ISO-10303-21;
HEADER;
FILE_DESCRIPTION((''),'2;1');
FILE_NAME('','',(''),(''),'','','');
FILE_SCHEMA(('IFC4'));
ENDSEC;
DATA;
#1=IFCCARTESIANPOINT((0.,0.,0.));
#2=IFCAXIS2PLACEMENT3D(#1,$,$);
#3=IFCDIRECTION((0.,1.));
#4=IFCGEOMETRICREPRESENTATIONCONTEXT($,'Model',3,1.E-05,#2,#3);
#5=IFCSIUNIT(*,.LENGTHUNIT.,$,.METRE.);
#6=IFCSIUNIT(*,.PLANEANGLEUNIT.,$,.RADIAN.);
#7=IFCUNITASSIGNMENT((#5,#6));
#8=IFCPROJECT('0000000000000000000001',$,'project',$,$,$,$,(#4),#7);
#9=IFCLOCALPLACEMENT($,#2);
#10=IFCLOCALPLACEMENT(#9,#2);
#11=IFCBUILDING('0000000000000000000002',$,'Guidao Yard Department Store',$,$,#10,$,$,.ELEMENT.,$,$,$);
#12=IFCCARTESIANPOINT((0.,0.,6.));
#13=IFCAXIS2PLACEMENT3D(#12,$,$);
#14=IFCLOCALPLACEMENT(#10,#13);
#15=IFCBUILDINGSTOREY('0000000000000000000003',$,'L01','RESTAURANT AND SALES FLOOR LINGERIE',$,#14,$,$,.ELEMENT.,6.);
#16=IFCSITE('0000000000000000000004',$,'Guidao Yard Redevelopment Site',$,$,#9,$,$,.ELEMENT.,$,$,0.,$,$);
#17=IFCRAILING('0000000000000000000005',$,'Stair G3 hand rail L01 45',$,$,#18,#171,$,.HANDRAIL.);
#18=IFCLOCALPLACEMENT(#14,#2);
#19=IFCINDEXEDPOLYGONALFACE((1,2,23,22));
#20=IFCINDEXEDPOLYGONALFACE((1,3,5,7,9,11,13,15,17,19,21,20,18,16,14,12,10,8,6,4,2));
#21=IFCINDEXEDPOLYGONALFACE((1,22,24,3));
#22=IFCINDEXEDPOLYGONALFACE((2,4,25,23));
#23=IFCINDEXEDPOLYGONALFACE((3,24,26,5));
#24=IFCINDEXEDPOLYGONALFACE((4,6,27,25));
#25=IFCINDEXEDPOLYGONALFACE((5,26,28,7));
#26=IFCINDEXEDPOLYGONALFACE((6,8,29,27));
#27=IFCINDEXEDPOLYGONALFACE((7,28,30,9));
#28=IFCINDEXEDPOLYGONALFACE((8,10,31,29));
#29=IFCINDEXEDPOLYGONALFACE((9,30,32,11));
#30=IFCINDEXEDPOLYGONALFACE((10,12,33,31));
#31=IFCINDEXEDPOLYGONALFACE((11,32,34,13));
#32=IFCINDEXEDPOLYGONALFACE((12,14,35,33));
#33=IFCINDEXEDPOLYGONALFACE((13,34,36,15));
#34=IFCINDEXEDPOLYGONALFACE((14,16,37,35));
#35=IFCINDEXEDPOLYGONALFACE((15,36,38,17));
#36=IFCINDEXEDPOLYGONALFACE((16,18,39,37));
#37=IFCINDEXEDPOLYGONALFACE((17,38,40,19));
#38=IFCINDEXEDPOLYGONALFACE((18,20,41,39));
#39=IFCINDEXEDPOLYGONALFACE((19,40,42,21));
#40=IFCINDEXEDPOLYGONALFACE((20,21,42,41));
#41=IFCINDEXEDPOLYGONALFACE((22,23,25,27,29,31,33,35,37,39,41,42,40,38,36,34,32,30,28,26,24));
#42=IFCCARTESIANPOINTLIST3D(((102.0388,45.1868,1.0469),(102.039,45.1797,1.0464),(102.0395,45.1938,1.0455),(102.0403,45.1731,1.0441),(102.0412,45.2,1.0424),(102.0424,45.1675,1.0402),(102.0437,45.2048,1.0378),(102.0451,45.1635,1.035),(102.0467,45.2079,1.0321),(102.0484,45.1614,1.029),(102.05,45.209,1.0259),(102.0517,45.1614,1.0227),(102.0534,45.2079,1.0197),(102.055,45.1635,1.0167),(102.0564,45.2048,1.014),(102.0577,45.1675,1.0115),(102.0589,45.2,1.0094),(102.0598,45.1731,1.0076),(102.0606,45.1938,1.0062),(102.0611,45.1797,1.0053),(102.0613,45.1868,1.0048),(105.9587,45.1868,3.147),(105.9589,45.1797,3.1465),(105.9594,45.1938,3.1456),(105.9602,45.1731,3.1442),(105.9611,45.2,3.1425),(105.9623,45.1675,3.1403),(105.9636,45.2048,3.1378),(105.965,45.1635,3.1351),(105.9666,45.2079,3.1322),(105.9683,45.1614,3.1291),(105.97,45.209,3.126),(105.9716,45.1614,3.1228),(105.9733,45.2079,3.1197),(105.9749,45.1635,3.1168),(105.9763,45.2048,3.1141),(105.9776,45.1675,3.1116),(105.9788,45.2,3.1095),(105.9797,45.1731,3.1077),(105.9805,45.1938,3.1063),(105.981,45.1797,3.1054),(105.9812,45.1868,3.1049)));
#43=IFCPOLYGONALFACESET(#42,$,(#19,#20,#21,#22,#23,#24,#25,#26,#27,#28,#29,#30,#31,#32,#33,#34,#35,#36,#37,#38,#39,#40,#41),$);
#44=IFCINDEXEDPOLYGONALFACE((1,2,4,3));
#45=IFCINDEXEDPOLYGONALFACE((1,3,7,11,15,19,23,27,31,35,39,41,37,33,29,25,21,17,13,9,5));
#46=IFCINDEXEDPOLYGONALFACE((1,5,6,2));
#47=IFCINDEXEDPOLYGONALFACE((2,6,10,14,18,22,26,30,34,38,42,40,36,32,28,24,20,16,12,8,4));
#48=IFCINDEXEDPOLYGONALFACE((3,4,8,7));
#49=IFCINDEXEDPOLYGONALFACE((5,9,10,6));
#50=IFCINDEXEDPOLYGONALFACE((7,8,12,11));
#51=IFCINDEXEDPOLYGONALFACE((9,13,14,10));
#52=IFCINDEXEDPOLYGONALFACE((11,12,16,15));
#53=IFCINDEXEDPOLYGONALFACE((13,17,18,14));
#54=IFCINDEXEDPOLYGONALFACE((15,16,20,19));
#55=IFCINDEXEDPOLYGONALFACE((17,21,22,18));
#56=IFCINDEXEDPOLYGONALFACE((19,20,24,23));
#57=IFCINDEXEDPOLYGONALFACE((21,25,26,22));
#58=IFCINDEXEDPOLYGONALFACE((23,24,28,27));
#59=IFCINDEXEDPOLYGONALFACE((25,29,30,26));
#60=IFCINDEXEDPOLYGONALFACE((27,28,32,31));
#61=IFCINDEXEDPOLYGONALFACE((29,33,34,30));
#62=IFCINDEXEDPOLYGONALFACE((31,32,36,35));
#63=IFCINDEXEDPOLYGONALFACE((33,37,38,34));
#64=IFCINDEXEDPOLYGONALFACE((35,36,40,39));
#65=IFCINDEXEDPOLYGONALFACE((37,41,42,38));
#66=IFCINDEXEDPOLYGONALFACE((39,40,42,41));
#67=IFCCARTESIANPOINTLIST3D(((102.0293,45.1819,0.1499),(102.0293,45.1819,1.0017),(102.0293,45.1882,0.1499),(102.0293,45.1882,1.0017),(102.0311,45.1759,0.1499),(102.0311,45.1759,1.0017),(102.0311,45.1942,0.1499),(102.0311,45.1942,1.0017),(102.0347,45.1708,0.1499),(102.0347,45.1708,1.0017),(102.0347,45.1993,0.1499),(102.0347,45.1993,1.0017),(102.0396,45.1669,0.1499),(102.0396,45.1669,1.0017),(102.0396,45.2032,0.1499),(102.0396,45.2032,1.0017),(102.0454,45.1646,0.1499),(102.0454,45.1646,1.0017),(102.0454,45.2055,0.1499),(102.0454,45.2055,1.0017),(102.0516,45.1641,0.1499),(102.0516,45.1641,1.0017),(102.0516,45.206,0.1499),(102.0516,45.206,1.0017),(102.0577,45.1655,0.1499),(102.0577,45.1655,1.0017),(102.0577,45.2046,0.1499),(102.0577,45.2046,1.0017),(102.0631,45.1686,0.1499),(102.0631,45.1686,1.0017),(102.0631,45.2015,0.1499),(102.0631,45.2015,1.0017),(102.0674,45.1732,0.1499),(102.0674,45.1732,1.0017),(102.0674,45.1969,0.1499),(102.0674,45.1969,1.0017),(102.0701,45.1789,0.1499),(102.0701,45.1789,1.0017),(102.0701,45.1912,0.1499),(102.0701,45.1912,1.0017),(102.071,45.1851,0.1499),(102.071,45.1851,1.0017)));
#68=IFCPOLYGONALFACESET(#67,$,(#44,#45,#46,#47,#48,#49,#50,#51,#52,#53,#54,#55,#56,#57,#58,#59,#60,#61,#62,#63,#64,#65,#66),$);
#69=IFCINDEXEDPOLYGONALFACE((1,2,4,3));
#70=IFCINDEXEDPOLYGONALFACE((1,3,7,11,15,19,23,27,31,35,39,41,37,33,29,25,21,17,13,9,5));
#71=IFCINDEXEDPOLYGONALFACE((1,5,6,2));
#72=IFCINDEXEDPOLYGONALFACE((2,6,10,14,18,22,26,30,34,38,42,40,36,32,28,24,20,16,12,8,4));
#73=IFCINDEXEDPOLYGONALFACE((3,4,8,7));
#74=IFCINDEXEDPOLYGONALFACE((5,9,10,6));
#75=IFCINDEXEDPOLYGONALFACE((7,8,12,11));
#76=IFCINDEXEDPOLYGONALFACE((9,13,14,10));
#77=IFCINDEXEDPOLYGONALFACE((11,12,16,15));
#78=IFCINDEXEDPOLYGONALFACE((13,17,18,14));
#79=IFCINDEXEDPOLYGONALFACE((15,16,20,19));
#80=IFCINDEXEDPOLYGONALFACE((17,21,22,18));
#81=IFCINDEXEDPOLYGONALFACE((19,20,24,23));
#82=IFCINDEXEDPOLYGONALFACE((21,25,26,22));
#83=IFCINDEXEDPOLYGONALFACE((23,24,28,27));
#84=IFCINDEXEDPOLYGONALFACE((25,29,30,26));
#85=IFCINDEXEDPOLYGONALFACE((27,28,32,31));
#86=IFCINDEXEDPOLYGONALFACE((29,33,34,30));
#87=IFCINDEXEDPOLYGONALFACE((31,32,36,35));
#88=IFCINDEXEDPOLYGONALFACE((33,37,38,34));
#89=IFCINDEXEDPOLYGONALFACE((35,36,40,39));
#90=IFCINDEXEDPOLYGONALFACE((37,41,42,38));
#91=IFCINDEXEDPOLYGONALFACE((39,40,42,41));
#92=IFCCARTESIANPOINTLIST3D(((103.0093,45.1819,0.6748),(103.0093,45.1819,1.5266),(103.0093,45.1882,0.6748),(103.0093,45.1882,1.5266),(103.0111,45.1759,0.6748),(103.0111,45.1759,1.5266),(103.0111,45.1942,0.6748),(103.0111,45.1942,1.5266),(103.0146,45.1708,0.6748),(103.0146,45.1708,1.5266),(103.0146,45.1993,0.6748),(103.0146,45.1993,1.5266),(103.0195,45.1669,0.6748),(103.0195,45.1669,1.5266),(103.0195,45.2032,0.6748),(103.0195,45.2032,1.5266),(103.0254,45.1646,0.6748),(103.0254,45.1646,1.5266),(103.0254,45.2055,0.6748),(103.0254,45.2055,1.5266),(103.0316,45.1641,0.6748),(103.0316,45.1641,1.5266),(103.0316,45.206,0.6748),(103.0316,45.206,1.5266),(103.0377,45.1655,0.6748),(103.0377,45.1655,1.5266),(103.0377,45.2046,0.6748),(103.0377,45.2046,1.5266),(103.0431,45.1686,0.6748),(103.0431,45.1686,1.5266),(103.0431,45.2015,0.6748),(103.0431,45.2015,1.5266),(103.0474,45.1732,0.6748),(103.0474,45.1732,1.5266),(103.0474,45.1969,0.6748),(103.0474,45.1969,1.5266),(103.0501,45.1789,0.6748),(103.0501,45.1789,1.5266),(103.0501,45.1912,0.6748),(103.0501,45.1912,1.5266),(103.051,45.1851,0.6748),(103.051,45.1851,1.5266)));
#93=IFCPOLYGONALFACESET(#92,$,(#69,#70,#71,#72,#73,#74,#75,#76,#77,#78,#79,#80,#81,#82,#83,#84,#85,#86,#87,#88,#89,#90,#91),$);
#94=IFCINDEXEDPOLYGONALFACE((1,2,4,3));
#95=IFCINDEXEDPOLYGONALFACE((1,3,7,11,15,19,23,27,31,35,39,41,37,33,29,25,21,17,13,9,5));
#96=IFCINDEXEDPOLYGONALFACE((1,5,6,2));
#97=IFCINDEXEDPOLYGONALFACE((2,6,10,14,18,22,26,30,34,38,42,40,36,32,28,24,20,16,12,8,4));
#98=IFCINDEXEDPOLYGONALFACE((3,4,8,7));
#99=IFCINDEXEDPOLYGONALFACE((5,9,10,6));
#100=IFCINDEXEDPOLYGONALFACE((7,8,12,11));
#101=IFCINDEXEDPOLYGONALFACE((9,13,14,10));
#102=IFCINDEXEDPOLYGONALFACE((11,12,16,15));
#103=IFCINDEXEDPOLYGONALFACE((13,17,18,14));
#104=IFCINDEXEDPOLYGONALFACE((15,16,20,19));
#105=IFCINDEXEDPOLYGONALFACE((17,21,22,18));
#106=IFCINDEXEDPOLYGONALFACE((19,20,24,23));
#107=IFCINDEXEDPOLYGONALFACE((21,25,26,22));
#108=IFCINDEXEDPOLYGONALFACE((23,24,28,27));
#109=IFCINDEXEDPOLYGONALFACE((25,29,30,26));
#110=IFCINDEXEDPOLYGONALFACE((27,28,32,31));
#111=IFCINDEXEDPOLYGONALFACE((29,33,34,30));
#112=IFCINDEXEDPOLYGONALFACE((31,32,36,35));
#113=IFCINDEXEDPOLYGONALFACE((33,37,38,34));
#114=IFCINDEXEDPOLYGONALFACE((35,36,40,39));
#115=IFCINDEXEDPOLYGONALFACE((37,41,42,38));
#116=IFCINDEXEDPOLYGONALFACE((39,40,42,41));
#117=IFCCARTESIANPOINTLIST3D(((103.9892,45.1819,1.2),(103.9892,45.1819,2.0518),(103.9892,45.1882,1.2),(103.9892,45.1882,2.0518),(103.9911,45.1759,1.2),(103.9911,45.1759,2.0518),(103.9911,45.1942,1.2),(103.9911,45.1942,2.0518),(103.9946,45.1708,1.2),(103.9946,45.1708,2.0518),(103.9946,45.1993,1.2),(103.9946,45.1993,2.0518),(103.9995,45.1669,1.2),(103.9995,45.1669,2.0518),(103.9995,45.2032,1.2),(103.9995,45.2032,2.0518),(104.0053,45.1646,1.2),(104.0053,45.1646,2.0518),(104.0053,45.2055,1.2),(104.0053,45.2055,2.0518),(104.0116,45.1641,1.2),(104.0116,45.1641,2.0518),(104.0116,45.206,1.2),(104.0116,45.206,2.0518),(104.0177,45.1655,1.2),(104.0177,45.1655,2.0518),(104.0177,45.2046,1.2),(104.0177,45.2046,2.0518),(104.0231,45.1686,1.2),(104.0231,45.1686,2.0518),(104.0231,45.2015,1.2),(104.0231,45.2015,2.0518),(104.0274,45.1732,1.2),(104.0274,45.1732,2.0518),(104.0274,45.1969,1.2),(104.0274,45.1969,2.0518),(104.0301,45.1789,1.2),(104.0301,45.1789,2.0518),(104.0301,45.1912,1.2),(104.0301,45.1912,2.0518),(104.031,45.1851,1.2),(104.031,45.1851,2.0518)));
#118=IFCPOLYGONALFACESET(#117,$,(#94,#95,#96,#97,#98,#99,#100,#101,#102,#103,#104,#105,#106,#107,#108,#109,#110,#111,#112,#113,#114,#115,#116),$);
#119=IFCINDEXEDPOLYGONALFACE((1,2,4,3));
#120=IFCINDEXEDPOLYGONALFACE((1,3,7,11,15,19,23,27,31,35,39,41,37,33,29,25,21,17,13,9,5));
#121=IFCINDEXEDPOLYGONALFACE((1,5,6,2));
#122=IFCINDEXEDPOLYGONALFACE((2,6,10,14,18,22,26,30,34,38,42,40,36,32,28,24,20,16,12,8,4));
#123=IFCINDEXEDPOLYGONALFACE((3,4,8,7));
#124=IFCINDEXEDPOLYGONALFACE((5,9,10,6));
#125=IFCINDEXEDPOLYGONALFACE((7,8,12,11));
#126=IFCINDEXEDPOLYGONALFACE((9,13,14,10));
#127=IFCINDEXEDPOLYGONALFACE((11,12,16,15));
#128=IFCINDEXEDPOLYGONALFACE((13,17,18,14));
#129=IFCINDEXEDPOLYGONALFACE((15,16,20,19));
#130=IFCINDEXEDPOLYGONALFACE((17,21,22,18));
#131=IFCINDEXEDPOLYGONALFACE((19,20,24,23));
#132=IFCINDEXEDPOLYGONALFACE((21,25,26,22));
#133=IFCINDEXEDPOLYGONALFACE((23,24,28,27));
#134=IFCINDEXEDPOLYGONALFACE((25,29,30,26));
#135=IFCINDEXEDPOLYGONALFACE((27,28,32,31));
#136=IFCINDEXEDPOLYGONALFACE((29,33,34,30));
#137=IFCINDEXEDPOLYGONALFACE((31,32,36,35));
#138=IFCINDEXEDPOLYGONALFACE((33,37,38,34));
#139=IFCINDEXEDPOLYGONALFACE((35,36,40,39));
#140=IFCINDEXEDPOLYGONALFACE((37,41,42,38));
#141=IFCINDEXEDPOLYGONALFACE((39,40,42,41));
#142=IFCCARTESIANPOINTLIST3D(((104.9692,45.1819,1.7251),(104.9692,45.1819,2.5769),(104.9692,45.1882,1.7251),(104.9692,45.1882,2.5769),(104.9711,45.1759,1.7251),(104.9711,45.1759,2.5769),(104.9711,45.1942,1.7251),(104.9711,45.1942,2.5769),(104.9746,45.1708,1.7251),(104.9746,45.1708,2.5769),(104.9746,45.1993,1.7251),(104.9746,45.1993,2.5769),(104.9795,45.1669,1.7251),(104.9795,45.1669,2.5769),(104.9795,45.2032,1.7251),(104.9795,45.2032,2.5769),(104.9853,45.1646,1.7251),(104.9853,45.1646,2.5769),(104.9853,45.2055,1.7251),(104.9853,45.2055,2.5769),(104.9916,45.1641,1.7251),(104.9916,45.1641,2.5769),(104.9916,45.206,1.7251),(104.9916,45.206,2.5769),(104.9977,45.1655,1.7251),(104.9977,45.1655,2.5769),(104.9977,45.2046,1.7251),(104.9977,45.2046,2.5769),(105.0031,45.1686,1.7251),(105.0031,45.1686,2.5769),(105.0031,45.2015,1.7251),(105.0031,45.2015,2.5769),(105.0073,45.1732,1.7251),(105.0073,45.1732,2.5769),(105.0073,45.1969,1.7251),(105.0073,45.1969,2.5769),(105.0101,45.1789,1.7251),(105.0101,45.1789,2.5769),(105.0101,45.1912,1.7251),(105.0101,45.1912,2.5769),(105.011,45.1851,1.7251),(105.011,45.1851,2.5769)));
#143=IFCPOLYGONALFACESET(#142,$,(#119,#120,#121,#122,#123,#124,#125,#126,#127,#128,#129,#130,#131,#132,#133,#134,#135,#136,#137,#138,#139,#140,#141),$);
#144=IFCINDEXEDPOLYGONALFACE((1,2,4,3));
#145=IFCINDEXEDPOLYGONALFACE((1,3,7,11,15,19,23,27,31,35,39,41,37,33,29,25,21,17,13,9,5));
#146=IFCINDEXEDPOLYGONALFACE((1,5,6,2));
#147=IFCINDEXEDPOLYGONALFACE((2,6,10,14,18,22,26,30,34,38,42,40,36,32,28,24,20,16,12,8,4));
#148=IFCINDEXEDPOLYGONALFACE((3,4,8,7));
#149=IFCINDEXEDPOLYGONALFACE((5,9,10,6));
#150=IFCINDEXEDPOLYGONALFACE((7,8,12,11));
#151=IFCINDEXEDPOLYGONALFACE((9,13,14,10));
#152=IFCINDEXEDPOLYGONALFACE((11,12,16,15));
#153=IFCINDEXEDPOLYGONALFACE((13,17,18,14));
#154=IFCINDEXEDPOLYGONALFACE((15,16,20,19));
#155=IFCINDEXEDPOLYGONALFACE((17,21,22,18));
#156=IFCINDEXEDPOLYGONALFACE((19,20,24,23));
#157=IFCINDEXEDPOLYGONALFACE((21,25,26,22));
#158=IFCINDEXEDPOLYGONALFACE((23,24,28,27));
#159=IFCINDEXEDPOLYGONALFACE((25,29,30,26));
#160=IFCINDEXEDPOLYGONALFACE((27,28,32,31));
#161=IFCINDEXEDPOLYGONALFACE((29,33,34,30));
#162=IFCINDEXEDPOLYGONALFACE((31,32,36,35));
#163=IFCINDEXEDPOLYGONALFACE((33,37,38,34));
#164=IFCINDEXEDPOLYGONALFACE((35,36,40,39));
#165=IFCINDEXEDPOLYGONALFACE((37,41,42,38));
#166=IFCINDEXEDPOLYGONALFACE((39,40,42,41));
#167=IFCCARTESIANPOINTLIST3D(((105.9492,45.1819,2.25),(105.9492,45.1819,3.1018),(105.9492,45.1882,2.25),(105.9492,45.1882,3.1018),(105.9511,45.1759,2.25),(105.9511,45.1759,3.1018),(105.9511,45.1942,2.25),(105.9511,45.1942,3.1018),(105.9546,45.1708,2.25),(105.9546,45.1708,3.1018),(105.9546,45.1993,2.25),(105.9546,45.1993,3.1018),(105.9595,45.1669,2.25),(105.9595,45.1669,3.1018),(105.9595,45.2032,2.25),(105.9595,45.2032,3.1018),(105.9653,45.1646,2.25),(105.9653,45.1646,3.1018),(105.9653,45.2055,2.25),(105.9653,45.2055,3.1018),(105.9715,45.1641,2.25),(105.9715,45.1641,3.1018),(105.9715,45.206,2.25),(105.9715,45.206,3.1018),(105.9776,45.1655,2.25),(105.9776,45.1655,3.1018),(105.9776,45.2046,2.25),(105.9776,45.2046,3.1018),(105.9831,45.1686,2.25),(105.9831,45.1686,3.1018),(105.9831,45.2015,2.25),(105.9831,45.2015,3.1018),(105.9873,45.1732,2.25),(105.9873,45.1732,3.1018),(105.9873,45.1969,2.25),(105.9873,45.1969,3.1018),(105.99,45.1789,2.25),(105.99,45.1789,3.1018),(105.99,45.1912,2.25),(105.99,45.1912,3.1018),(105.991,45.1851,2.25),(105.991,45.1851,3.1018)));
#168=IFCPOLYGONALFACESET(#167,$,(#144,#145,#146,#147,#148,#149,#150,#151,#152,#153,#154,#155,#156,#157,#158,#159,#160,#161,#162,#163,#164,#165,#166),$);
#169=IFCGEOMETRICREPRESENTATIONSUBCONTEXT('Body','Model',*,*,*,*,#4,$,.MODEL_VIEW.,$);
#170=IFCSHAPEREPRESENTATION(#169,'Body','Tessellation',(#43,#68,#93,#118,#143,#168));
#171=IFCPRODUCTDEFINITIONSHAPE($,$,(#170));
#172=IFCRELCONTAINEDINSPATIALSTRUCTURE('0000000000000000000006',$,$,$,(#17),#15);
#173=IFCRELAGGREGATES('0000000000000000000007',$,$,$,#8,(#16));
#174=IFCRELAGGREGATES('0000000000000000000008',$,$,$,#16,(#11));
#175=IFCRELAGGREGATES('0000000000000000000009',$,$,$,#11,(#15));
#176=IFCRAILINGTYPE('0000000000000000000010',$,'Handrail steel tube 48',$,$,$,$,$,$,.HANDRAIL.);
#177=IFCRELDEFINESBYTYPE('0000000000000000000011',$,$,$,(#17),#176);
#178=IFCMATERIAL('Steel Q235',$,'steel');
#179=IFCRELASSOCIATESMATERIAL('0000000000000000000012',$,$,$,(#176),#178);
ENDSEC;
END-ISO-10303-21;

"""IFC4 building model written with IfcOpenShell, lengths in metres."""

from ifc_helpers import new_model, si_unit, direction, frame, origin, origin_2d, place, context, subcontext, project, spatial, circle, extrude, material, type_object, element, save


model = new_model("IFC4")

# Units and contexts
model_context = context("Model", 3, precision=1e-05, world=origin(), true_north=direction((0.0, 1.0)))
body_context = subcontext(model_context, "Body", "Model", "MODEL_VIEW")
ifc_project = project(units=[si_unit("LENGTHUNIT", "METRE"), si_unit("PLANEANGLEUNIT", "RADIAN")], contexts=[model_context])

# Site, building, storey
site_placement = place(None, origin())
site = spatial("IfcSite", under=ifc_project, at=site_placement, Name="Guidao Yard Redevelopment Site", CompositionType="ELEMENT", RefElevation=0.0)
building_placement = place(site_placement, origin())
building = spatial("IfcBuilding", under=site, at=building_placement, Name="Guidao Yard Department Store", CompositionType="ELEMENT")
storey_placement = place(building_placement, frame((0.0, 0.0, 6.0)))
storey = spatial("IfcBuildingStorey", under=building, at=storey_placement, Name="L01", Description="RESTAURANT AND SALES FLOOR LINGERIE", CompositionType="ELEMENT", Elevation=6.0)

# Railing
ifc_material_1 = material(Name="Steel Q235", Category="steel")
railing_type_1 = type_object("IfcRailingType", Name="Handrail steel tube 48", PredefinedType="HANDRAIL", material=ifc_material_1)
for number, where, name in (
    (1, (102.05, 45.1851, 0.1499), "Stair G3 hand rail L01 45"),
):
    element("IfcRailing", number, at=place(storey_placement, frame(where)), inside=storey, type_object=railing_type_1, Name=name, PredefinedType="HANDRAIL", context=body_context, shape_type="SweptSolid", body=[
        extrude(circle(Radius=0.0239, at=origin_2d()), frame((0.0, 0.0, 0.876), z_axis=(0.881467, 0.0, 0.472246), x_axis=(0.0, 1.0, 0.0)), (0.0, 0.0, 1.0), 4.447),
        extrude(circle(Radius=0.021, at=origin_2d()), origin(), (0.0, 0.0, 1.0), 0.8518),
        extrude(circle(Radius=0.021, at=origin_2d()), frame((0.98, 0.0, 0.5249)), (0.0, 0.0, 1.0), 0.8518),
        extrude(circle(Radius=0.021, at=origin_2d()), frame((1.96, 0.0, 1.05)), (0.0, 0.0, 1.0), 0.8518),
        extrude(circle(Radius=0.021, at=origin_2d()), frame((2.9399, 0.0, 1.5752)), (0.0, 0.0, 1.0), 0.8518),
        extrude(circle(Radius=0.021, at=origin_2d()), frame((3.9199, 0.0, 2.1001)), (0.0, 0.0, 1.0), 0.8518),
    ])

save(model, "model.ifc")
